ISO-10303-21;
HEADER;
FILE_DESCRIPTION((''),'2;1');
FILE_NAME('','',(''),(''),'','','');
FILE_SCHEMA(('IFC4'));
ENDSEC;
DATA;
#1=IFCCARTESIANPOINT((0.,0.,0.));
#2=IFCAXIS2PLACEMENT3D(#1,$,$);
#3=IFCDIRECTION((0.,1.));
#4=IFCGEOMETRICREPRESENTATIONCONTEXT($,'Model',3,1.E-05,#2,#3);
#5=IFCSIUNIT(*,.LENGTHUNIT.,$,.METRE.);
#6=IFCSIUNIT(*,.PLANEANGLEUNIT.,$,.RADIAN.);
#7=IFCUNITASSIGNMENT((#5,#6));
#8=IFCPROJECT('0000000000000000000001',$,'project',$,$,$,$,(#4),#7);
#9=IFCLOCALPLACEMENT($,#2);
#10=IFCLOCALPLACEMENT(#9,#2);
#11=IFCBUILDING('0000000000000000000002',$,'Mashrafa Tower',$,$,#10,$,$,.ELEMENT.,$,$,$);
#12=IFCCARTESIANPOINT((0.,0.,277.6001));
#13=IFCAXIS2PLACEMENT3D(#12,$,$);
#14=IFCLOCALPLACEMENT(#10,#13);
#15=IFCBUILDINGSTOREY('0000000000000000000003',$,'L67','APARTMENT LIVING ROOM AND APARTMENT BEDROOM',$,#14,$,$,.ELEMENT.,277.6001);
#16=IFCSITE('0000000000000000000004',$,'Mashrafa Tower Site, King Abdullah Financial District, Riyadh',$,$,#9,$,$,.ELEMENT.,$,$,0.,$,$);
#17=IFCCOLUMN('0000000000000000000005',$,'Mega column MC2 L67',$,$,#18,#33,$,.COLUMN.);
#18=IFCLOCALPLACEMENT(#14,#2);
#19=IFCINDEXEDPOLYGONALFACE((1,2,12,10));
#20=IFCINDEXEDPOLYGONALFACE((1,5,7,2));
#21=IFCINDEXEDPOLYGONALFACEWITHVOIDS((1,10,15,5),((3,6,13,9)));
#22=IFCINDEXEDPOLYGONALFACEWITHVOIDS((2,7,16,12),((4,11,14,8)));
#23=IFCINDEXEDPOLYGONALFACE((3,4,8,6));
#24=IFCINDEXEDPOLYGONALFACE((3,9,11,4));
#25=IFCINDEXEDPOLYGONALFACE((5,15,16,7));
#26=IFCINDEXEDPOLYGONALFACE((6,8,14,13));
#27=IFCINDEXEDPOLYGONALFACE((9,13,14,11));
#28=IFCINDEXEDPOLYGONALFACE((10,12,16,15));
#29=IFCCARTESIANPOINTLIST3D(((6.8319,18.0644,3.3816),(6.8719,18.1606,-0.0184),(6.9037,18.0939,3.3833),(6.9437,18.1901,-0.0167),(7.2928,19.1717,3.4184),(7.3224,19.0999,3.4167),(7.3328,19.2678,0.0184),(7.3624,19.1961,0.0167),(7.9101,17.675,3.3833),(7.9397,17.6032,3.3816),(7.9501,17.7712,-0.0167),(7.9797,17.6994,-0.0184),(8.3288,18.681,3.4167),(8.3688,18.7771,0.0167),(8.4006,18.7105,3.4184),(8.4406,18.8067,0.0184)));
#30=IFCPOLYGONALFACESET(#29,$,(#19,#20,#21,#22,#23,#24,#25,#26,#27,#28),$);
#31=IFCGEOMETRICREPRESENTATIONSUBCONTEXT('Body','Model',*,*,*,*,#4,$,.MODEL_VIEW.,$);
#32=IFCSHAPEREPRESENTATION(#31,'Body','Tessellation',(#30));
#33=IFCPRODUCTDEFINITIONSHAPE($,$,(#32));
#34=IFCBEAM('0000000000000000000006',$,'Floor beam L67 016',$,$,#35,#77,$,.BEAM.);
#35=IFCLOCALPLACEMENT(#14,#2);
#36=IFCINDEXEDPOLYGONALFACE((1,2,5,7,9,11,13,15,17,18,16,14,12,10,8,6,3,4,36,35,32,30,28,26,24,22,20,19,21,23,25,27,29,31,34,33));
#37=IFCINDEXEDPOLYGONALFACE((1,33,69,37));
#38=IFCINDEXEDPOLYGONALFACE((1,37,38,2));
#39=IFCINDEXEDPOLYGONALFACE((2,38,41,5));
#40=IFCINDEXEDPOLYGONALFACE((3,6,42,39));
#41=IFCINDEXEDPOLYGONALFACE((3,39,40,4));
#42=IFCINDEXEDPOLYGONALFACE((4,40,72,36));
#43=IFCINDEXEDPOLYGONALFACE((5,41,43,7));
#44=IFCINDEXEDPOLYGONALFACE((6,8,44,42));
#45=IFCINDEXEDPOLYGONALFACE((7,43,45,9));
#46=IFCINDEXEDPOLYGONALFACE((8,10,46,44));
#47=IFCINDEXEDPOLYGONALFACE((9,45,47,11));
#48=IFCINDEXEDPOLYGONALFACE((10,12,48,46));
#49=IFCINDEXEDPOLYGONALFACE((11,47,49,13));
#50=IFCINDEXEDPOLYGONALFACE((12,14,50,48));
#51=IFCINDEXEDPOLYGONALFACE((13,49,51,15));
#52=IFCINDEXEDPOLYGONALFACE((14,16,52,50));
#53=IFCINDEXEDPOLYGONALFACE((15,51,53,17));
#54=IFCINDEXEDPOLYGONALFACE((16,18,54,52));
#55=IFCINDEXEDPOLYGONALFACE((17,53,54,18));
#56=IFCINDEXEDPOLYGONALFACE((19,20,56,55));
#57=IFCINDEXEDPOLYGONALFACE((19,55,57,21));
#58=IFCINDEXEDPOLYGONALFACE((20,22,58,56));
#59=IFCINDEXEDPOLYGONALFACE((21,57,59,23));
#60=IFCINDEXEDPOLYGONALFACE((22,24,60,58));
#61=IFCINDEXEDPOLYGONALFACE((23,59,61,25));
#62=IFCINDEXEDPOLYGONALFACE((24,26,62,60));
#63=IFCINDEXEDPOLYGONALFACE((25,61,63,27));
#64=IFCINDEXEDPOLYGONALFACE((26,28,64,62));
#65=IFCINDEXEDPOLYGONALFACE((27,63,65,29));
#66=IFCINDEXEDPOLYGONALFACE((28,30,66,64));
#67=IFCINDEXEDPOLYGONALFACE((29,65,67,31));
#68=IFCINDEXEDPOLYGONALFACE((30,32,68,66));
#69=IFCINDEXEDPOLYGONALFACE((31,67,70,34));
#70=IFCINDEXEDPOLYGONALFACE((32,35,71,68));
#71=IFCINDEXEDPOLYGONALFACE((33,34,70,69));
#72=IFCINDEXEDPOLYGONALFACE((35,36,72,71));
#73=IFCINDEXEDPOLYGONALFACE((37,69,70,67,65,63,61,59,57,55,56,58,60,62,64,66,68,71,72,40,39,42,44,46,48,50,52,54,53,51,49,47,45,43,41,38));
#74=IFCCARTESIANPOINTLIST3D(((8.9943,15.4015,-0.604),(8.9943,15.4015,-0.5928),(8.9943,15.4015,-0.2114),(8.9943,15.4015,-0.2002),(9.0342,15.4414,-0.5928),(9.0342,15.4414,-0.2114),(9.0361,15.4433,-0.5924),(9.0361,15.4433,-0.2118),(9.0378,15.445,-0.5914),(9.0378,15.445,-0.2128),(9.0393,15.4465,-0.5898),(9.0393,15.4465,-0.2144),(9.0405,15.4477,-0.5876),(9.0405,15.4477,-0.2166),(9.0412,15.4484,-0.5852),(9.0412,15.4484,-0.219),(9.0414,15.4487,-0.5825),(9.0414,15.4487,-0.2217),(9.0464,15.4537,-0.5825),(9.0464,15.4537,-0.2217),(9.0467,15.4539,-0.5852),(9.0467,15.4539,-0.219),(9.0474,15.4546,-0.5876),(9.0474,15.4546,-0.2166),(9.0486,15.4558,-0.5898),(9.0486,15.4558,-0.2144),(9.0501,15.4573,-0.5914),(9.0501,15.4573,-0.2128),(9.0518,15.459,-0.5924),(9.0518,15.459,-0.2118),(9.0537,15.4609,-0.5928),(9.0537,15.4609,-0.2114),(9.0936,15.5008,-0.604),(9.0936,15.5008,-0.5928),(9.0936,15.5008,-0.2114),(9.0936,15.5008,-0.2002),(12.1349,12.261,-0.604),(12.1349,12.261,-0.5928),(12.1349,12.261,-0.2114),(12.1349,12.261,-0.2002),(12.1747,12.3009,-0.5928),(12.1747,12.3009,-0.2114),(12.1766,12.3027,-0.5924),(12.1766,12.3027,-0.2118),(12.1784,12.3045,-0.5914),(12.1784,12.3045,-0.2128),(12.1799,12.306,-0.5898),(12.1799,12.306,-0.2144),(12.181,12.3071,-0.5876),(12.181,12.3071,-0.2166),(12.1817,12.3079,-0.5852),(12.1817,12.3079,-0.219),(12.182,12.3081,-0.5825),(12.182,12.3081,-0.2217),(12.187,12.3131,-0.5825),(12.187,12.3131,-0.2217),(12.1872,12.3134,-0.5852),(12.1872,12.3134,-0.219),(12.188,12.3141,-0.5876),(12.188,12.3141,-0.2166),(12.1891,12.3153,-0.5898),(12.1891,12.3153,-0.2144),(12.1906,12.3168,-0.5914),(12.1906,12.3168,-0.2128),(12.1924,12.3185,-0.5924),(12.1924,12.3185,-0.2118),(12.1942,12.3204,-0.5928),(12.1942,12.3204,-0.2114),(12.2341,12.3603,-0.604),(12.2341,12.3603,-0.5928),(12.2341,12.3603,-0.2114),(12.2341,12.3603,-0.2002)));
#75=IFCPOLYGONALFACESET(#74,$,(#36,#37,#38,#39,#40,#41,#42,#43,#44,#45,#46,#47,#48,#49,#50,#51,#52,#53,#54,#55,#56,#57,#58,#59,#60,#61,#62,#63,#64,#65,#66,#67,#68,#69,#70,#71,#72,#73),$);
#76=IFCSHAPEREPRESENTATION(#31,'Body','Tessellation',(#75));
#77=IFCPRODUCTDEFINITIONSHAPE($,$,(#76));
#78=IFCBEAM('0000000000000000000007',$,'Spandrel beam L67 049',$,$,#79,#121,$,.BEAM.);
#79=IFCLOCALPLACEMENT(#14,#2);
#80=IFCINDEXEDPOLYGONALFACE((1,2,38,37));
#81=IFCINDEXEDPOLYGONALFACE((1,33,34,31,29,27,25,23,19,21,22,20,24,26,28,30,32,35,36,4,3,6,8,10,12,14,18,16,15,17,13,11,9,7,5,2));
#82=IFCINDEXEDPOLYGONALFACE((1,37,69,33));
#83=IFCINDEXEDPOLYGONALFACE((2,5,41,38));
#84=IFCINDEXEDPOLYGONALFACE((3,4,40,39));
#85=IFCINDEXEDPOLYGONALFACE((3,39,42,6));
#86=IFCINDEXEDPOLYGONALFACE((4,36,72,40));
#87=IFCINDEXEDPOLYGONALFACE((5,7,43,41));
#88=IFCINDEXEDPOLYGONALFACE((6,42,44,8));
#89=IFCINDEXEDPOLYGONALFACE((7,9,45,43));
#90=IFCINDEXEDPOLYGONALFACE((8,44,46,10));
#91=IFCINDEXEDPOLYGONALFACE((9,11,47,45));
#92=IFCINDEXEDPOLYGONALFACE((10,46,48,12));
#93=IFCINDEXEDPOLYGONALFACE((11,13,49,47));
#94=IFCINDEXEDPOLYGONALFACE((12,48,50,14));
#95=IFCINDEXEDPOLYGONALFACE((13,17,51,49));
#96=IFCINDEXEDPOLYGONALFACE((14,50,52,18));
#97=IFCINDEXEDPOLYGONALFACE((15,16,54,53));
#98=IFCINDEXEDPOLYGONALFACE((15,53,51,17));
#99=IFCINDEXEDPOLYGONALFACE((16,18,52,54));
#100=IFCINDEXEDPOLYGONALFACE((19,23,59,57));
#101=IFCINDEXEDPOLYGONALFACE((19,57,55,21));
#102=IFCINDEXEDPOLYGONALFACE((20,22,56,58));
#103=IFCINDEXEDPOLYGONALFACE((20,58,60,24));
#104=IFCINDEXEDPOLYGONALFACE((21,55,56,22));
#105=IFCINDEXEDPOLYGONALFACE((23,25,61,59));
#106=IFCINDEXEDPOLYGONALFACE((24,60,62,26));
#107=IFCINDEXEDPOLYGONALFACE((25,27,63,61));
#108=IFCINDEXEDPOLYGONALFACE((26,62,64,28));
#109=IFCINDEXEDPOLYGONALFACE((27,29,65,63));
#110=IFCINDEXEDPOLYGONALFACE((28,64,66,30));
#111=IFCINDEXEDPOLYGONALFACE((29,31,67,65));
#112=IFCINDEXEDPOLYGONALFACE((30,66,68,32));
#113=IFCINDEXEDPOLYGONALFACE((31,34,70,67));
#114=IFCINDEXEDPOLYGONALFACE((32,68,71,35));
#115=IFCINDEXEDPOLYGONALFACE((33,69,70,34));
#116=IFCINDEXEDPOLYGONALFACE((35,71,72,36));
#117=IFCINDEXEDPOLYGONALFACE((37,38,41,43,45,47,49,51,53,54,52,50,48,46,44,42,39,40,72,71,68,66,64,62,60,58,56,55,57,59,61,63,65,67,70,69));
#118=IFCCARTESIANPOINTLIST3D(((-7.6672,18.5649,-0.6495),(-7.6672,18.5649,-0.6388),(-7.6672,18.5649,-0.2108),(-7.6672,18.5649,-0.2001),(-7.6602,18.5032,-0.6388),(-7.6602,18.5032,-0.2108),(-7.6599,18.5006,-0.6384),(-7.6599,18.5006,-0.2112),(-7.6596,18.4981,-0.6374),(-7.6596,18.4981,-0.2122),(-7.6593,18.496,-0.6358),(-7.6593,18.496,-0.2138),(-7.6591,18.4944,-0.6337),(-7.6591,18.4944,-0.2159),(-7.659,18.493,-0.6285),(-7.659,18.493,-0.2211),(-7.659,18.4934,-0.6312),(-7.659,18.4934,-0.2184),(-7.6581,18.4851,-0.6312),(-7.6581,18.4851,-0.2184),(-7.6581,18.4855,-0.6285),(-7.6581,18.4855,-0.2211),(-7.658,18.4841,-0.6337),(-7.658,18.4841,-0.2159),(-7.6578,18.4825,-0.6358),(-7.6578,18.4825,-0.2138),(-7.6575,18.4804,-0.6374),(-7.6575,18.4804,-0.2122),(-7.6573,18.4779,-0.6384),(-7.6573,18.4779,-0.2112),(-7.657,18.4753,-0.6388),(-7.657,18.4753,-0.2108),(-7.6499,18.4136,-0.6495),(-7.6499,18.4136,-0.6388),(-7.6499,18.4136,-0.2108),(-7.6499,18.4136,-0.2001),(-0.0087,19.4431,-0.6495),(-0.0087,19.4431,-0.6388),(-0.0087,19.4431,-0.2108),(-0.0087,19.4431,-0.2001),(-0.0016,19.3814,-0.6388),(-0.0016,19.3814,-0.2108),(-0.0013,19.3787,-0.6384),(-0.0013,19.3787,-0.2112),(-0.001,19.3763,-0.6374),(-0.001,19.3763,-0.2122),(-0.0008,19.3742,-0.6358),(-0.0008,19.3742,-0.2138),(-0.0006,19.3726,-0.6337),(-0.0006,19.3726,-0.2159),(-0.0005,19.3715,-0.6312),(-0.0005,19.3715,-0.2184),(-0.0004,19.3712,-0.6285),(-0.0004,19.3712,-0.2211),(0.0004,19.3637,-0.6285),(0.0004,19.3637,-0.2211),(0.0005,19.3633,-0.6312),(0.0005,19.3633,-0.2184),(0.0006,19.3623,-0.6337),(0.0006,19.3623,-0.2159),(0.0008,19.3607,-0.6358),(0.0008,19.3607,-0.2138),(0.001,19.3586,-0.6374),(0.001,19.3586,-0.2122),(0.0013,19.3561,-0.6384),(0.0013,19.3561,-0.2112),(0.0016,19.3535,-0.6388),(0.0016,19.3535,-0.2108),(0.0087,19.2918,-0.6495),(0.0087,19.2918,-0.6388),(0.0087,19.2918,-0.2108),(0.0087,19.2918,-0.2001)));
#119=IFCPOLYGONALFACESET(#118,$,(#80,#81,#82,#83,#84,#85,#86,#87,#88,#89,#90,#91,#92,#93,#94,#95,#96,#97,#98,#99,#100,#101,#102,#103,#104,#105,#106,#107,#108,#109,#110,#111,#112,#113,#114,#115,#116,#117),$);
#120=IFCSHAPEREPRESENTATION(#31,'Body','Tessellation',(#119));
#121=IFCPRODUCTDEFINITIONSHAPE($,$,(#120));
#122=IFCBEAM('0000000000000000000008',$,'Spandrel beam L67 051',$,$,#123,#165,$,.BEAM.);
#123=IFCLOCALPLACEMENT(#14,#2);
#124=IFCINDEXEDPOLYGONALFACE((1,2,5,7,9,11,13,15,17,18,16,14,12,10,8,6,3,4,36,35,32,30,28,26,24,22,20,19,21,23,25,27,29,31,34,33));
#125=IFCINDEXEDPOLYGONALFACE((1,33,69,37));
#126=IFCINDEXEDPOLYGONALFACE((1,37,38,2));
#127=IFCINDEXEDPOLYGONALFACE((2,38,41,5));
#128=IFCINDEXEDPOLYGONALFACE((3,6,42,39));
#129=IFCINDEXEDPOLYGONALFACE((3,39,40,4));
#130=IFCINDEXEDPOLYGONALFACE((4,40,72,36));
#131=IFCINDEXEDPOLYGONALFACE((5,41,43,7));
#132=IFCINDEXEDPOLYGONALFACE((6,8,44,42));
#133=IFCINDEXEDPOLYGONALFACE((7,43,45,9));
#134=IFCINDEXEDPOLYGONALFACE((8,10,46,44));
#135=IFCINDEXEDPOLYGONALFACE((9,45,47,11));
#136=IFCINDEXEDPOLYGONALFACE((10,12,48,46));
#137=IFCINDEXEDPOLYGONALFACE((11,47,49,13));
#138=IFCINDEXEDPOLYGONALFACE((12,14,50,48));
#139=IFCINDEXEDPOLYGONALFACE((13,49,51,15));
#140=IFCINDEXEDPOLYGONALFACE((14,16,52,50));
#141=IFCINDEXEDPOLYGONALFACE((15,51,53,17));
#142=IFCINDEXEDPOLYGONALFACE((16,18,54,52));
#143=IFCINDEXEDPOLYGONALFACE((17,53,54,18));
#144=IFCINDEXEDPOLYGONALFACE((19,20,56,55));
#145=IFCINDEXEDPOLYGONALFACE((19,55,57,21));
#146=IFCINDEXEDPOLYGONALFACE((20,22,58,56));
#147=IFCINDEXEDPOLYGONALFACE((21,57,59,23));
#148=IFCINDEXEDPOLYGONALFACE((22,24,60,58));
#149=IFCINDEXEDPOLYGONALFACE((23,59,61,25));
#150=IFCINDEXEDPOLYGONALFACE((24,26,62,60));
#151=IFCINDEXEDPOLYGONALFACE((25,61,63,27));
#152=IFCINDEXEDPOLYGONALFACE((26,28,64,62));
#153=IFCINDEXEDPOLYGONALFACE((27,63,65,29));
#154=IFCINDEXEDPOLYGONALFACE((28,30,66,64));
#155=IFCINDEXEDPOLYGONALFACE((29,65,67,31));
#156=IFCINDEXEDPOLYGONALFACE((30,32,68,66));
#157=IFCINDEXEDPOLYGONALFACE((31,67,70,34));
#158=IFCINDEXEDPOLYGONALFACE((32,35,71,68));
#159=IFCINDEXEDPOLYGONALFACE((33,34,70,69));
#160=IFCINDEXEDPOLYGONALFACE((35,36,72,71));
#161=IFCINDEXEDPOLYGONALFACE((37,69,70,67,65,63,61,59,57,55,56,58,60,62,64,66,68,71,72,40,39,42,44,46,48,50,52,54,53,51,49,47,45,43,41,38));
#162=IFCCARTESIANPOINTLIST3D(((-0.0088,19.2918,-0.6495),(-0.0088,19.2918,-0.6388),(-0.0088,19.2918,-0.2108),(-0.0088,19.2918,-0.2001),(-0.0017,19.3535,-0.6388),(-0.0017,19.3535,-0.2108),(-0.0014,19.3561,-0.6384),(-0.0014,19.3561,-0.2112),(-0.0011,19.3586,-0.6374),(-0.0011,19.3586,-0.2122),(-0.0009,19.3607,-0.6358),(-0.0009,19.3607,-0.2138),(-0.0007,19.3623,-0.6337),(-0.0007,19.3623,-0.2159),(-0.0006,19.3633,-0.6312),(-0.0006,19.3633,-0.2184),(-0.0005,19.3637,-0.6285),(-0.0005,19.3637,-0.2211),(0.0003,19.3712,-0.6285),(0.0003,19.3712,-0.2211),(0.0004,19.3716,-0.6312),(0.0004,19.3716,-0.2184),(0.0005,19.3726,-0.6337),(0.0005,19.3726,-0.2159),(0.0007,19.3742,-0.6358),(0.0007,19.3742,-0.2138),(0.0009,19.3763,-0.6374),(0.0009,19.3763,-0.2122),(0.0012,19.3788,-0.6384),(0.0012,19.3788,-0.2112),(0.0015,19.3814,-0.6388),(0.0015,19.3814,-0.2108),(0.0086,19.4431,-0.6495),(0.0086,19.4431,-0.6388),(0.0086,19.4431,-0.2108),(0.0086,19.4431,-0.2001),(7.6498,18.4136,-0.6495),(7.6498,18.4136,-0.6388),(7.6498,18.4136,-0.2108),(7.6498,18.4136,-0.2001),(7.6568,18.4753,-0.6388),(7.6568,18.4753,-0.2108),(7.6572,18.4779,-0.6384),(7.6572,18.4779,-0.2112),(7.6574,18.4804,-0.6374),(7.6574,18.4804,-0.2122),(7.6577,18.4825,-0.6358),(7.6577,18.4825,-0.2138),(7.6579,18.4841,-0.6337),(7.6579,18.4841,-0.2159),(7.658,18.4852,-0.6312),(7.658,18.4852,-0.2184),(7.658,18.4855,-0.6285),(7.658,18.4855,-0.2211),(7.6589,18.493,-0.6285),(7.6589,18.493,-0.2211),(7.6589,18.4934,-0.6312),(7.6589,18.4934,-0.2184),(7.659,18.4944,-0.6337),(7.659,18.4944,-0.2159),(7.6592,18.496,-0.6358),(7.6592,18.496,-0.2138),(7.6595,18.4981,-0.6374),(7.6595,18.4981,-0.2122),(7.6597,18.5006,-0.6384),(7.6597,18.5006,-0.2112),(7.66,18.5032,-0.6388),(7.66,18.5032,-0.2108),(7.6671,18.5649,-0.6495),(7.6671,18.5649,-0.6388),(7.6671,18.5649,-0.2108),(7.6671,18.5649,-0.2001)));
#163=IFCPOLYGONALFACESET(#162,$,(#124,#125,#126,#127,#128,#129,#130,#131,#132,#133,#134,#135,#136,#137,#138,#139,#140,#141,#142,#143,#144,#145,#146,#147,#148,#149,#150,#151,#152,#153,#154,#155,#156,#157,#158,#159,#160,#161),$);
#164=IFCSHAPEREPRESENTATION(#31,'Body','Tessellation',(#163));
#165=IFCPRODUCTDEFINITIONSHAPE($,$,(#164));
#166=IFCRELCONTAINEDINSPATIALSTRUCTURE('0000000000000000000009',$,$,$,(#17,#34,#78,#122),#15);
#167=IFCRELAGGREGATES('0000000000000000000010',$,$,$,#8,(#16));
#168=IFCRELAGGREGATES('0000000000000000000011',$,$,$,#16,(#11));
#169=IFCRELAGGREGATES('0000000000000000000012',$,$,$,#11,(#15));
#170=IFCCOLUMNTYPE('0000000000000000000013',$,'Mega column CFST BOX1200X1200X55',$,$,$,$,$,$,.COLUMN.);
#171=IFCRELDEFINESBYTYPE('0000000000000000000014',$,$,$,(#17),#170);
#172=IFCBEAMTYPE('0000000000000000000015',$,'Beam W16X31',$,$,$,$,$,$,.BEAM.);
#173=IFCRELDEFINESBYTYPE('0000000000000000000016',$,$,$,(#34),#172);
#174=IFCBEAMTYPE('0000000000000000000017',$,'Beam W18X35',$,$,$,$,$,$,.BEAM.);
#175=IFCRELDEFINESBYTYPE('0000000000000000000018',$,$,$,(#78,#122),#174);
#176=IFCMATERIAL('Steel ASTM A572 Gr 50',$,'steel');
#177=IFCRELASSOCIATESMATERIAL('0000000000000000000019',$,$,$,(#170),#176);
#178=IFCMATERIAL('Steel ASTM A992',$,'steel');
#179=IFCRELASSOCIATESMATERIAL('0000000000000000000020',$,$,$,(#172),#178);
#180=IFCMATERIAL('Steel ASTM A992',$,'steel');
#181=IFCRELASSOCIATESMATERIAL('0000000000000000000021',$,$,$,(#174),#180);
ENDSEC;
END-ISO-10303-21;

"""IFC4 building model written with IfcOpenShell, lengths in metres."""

from ifc_helpers import new_model, si_unit, direction, frame, origin, origin_2d, place, context, subcontext, project, spatial, hollow_rectangle, i_section, extrude, material, material_profile, profile_set, type_object, element, save


model = new_model("IFC4")

# Units and contexts
model_context = context("Model", 3, precision=1e-05, world=origin(), true_north=direction((0.0, 1.0)))
body_context = subcontext(model_context, "Body", "Model", "MODEL_VIEW")
ifc_project = project(units=[si_unit("LENGTHUNIT", "METRE"), si_unit("PLANEANGLEUNIT", "RADIAN")], contexts=[model_context])

# Site, building, storey
site_placement = place(None, origin())
site = spatial("IfcSite", under=ifc_project, at=site_placement, Name="Mashrafa Tower Site, King Abdullah Financial District, Riyadh", CompositionType="ELEMENT", RefElevation=0.0)
building_placement = place(site_placement, origin())
building = spatial("IfcBuilding", under=site, at=building_placement, Name="Mashrafa Tower", CompositionType="ELEMENT")
storey_placement = place(building_placement, frame((0.0, 0.0, 277.6001)))
storey = spatial("IfcBuildingStorey", under=building, at=storey_placement, Name="L67", Description="APARTMENT LIVING ROOM AND APARTMENT BEDROOM", CompositionType="ELEMENT", Elevation=277.6001)

# Column
ifc_material_1 = material(Name="Steel ASTM A572 Gr 50", Category="steel")
ifc_material_profile_1 = material_profile(ifc_material_1, hollow_rectangle(XDim=1.2, YDim=1.2, WallThickness=0.0549, at=origin_2d()), Name="BOX1200X1200X55")
ifc_profile_set_1 = profile_set([ifc_material_profile_1], Name="Steel ASTM A572 Gr 50")
column_type = type_object("IfcColumnType", Name="Mega column CFST BOX1200X1200X55", PredefinedType="COLUMN", material=ifc_profile_set_1)
column_placement = place(storey_placement, frame((7.6562, 18.4836, 0.0), z_axis=(-0.011771, -0.028279, 0.999531), x_axis=(0.923216, -0.384283, 0.0)))
element("IfcColumn", 1, at=column_placement, inside=storey, type_object=column_type, Name="Mega column MC2 L67", PredefinedType="COLUMN", context=body_context, shape_type="SweptSolid", body=[
    extrude(hollow_rectangle(XDim=1.2, YDim=1.2, WallThickness=0.0549, at=origin_2d()), origin(), (0.0, 0.0, 1.0), 3.4016),
])

# Beams
ifc_material_2 = material(Name="Steel ASTM A992", Category="steel")
ifc_material_profile_2 = material_profile(ifc_material_2, i_section(OverallWidth=0.1404, OverallDepth=0.4038, WebThickness=0.0071, FlangeThickness=0.0112, FilletRadius=0.0103, at=origin_2d()), Name="W16X31")
ifc_profile_set_2 = profile_set([ifc_material_profile_2], Name="Steel ASTM A992")
beam_type_1 = type_object("IfcBeamType", Name="Beam W16X31", PredefinedType="BEAM", material=ifc_profile_set_2)
beam_1_placement = place(storey_placement, frame((9.0439, 15.4512, -0.4021), z_axis=(0.707107, -0.707107, 0.0), x_axis=(0.707107, 0.707107, 0.0)))
element("IfcBeam", 2, at=beam_1_placement, inside=storey, type_object=beam_type_1, Name="Floor beam L67 016", PredefinedType="BEAM", context=body_context, shape_type="SweptSolid", body=[
    extrude(i_section(OverallWidth=0.1404, OverallDepth=0.4038, WebThickness=0.0071, FlangeThickness=0.0112, FilletRadius=0.0103, at=origin_2d()), origin(), (0.0, 0.0, 1.0), 4.4414),
])
ifc_material_3 = material(Name="Steel ASTM A992", Category="steel")
ifc_material_profile_3 = material_profile(ifc_material_3, i_section(OverallWidth=0.1523, OverallDepth=0.4495, WebThickness=0.0076, FlangeThickness=0.0107, FilletRadius=0.0103, at=origin_2d()), Name="W18X35")
ifc_profile_set_3 = profile_set([ifc_material_profile_3], Name="Steel ASTM A992")
beam_type_2 = type_object("IfcBeamType", Name="Beam W18X35", PredefinedType="BEAM", material=ifc_profile_set_3)
for number, where, z_axis, x_axis, name in (
    (3, (0.0, 19.3674, -0.4248), (-0.99349, -0.113921, 0.0), (0.113921, -0.99349, 0.0), "Spandrel beam L67 049"),
    (4, (7.6584, 18.4893, -0.4248), (-0.99349, 0.113921, 0.0), (-0.113921, -0.99349, 0.0), "Spandrel beam L67 051"),
):
    element("IfcBeam", number, at=place(storey_placement, frame(where, z_axis=z_axis, x_axis=x_axis)), inside=storey, type_object=beam_type_2, Name=name, PredefinedType="BEAM", context=body_context, shape_type="SweptSolid", body=[
        extrude(i_section(OverallWidth=0.1523, OverallDepth=0.4495, WebThickness=0.0076, FlangeThickness=0.0107, FilletRadius=0.0103, at=origin_2d()), origin(), (0.0, 0.0, 1.0), 7.7087),
    ])

save(model, "model.ifc")
